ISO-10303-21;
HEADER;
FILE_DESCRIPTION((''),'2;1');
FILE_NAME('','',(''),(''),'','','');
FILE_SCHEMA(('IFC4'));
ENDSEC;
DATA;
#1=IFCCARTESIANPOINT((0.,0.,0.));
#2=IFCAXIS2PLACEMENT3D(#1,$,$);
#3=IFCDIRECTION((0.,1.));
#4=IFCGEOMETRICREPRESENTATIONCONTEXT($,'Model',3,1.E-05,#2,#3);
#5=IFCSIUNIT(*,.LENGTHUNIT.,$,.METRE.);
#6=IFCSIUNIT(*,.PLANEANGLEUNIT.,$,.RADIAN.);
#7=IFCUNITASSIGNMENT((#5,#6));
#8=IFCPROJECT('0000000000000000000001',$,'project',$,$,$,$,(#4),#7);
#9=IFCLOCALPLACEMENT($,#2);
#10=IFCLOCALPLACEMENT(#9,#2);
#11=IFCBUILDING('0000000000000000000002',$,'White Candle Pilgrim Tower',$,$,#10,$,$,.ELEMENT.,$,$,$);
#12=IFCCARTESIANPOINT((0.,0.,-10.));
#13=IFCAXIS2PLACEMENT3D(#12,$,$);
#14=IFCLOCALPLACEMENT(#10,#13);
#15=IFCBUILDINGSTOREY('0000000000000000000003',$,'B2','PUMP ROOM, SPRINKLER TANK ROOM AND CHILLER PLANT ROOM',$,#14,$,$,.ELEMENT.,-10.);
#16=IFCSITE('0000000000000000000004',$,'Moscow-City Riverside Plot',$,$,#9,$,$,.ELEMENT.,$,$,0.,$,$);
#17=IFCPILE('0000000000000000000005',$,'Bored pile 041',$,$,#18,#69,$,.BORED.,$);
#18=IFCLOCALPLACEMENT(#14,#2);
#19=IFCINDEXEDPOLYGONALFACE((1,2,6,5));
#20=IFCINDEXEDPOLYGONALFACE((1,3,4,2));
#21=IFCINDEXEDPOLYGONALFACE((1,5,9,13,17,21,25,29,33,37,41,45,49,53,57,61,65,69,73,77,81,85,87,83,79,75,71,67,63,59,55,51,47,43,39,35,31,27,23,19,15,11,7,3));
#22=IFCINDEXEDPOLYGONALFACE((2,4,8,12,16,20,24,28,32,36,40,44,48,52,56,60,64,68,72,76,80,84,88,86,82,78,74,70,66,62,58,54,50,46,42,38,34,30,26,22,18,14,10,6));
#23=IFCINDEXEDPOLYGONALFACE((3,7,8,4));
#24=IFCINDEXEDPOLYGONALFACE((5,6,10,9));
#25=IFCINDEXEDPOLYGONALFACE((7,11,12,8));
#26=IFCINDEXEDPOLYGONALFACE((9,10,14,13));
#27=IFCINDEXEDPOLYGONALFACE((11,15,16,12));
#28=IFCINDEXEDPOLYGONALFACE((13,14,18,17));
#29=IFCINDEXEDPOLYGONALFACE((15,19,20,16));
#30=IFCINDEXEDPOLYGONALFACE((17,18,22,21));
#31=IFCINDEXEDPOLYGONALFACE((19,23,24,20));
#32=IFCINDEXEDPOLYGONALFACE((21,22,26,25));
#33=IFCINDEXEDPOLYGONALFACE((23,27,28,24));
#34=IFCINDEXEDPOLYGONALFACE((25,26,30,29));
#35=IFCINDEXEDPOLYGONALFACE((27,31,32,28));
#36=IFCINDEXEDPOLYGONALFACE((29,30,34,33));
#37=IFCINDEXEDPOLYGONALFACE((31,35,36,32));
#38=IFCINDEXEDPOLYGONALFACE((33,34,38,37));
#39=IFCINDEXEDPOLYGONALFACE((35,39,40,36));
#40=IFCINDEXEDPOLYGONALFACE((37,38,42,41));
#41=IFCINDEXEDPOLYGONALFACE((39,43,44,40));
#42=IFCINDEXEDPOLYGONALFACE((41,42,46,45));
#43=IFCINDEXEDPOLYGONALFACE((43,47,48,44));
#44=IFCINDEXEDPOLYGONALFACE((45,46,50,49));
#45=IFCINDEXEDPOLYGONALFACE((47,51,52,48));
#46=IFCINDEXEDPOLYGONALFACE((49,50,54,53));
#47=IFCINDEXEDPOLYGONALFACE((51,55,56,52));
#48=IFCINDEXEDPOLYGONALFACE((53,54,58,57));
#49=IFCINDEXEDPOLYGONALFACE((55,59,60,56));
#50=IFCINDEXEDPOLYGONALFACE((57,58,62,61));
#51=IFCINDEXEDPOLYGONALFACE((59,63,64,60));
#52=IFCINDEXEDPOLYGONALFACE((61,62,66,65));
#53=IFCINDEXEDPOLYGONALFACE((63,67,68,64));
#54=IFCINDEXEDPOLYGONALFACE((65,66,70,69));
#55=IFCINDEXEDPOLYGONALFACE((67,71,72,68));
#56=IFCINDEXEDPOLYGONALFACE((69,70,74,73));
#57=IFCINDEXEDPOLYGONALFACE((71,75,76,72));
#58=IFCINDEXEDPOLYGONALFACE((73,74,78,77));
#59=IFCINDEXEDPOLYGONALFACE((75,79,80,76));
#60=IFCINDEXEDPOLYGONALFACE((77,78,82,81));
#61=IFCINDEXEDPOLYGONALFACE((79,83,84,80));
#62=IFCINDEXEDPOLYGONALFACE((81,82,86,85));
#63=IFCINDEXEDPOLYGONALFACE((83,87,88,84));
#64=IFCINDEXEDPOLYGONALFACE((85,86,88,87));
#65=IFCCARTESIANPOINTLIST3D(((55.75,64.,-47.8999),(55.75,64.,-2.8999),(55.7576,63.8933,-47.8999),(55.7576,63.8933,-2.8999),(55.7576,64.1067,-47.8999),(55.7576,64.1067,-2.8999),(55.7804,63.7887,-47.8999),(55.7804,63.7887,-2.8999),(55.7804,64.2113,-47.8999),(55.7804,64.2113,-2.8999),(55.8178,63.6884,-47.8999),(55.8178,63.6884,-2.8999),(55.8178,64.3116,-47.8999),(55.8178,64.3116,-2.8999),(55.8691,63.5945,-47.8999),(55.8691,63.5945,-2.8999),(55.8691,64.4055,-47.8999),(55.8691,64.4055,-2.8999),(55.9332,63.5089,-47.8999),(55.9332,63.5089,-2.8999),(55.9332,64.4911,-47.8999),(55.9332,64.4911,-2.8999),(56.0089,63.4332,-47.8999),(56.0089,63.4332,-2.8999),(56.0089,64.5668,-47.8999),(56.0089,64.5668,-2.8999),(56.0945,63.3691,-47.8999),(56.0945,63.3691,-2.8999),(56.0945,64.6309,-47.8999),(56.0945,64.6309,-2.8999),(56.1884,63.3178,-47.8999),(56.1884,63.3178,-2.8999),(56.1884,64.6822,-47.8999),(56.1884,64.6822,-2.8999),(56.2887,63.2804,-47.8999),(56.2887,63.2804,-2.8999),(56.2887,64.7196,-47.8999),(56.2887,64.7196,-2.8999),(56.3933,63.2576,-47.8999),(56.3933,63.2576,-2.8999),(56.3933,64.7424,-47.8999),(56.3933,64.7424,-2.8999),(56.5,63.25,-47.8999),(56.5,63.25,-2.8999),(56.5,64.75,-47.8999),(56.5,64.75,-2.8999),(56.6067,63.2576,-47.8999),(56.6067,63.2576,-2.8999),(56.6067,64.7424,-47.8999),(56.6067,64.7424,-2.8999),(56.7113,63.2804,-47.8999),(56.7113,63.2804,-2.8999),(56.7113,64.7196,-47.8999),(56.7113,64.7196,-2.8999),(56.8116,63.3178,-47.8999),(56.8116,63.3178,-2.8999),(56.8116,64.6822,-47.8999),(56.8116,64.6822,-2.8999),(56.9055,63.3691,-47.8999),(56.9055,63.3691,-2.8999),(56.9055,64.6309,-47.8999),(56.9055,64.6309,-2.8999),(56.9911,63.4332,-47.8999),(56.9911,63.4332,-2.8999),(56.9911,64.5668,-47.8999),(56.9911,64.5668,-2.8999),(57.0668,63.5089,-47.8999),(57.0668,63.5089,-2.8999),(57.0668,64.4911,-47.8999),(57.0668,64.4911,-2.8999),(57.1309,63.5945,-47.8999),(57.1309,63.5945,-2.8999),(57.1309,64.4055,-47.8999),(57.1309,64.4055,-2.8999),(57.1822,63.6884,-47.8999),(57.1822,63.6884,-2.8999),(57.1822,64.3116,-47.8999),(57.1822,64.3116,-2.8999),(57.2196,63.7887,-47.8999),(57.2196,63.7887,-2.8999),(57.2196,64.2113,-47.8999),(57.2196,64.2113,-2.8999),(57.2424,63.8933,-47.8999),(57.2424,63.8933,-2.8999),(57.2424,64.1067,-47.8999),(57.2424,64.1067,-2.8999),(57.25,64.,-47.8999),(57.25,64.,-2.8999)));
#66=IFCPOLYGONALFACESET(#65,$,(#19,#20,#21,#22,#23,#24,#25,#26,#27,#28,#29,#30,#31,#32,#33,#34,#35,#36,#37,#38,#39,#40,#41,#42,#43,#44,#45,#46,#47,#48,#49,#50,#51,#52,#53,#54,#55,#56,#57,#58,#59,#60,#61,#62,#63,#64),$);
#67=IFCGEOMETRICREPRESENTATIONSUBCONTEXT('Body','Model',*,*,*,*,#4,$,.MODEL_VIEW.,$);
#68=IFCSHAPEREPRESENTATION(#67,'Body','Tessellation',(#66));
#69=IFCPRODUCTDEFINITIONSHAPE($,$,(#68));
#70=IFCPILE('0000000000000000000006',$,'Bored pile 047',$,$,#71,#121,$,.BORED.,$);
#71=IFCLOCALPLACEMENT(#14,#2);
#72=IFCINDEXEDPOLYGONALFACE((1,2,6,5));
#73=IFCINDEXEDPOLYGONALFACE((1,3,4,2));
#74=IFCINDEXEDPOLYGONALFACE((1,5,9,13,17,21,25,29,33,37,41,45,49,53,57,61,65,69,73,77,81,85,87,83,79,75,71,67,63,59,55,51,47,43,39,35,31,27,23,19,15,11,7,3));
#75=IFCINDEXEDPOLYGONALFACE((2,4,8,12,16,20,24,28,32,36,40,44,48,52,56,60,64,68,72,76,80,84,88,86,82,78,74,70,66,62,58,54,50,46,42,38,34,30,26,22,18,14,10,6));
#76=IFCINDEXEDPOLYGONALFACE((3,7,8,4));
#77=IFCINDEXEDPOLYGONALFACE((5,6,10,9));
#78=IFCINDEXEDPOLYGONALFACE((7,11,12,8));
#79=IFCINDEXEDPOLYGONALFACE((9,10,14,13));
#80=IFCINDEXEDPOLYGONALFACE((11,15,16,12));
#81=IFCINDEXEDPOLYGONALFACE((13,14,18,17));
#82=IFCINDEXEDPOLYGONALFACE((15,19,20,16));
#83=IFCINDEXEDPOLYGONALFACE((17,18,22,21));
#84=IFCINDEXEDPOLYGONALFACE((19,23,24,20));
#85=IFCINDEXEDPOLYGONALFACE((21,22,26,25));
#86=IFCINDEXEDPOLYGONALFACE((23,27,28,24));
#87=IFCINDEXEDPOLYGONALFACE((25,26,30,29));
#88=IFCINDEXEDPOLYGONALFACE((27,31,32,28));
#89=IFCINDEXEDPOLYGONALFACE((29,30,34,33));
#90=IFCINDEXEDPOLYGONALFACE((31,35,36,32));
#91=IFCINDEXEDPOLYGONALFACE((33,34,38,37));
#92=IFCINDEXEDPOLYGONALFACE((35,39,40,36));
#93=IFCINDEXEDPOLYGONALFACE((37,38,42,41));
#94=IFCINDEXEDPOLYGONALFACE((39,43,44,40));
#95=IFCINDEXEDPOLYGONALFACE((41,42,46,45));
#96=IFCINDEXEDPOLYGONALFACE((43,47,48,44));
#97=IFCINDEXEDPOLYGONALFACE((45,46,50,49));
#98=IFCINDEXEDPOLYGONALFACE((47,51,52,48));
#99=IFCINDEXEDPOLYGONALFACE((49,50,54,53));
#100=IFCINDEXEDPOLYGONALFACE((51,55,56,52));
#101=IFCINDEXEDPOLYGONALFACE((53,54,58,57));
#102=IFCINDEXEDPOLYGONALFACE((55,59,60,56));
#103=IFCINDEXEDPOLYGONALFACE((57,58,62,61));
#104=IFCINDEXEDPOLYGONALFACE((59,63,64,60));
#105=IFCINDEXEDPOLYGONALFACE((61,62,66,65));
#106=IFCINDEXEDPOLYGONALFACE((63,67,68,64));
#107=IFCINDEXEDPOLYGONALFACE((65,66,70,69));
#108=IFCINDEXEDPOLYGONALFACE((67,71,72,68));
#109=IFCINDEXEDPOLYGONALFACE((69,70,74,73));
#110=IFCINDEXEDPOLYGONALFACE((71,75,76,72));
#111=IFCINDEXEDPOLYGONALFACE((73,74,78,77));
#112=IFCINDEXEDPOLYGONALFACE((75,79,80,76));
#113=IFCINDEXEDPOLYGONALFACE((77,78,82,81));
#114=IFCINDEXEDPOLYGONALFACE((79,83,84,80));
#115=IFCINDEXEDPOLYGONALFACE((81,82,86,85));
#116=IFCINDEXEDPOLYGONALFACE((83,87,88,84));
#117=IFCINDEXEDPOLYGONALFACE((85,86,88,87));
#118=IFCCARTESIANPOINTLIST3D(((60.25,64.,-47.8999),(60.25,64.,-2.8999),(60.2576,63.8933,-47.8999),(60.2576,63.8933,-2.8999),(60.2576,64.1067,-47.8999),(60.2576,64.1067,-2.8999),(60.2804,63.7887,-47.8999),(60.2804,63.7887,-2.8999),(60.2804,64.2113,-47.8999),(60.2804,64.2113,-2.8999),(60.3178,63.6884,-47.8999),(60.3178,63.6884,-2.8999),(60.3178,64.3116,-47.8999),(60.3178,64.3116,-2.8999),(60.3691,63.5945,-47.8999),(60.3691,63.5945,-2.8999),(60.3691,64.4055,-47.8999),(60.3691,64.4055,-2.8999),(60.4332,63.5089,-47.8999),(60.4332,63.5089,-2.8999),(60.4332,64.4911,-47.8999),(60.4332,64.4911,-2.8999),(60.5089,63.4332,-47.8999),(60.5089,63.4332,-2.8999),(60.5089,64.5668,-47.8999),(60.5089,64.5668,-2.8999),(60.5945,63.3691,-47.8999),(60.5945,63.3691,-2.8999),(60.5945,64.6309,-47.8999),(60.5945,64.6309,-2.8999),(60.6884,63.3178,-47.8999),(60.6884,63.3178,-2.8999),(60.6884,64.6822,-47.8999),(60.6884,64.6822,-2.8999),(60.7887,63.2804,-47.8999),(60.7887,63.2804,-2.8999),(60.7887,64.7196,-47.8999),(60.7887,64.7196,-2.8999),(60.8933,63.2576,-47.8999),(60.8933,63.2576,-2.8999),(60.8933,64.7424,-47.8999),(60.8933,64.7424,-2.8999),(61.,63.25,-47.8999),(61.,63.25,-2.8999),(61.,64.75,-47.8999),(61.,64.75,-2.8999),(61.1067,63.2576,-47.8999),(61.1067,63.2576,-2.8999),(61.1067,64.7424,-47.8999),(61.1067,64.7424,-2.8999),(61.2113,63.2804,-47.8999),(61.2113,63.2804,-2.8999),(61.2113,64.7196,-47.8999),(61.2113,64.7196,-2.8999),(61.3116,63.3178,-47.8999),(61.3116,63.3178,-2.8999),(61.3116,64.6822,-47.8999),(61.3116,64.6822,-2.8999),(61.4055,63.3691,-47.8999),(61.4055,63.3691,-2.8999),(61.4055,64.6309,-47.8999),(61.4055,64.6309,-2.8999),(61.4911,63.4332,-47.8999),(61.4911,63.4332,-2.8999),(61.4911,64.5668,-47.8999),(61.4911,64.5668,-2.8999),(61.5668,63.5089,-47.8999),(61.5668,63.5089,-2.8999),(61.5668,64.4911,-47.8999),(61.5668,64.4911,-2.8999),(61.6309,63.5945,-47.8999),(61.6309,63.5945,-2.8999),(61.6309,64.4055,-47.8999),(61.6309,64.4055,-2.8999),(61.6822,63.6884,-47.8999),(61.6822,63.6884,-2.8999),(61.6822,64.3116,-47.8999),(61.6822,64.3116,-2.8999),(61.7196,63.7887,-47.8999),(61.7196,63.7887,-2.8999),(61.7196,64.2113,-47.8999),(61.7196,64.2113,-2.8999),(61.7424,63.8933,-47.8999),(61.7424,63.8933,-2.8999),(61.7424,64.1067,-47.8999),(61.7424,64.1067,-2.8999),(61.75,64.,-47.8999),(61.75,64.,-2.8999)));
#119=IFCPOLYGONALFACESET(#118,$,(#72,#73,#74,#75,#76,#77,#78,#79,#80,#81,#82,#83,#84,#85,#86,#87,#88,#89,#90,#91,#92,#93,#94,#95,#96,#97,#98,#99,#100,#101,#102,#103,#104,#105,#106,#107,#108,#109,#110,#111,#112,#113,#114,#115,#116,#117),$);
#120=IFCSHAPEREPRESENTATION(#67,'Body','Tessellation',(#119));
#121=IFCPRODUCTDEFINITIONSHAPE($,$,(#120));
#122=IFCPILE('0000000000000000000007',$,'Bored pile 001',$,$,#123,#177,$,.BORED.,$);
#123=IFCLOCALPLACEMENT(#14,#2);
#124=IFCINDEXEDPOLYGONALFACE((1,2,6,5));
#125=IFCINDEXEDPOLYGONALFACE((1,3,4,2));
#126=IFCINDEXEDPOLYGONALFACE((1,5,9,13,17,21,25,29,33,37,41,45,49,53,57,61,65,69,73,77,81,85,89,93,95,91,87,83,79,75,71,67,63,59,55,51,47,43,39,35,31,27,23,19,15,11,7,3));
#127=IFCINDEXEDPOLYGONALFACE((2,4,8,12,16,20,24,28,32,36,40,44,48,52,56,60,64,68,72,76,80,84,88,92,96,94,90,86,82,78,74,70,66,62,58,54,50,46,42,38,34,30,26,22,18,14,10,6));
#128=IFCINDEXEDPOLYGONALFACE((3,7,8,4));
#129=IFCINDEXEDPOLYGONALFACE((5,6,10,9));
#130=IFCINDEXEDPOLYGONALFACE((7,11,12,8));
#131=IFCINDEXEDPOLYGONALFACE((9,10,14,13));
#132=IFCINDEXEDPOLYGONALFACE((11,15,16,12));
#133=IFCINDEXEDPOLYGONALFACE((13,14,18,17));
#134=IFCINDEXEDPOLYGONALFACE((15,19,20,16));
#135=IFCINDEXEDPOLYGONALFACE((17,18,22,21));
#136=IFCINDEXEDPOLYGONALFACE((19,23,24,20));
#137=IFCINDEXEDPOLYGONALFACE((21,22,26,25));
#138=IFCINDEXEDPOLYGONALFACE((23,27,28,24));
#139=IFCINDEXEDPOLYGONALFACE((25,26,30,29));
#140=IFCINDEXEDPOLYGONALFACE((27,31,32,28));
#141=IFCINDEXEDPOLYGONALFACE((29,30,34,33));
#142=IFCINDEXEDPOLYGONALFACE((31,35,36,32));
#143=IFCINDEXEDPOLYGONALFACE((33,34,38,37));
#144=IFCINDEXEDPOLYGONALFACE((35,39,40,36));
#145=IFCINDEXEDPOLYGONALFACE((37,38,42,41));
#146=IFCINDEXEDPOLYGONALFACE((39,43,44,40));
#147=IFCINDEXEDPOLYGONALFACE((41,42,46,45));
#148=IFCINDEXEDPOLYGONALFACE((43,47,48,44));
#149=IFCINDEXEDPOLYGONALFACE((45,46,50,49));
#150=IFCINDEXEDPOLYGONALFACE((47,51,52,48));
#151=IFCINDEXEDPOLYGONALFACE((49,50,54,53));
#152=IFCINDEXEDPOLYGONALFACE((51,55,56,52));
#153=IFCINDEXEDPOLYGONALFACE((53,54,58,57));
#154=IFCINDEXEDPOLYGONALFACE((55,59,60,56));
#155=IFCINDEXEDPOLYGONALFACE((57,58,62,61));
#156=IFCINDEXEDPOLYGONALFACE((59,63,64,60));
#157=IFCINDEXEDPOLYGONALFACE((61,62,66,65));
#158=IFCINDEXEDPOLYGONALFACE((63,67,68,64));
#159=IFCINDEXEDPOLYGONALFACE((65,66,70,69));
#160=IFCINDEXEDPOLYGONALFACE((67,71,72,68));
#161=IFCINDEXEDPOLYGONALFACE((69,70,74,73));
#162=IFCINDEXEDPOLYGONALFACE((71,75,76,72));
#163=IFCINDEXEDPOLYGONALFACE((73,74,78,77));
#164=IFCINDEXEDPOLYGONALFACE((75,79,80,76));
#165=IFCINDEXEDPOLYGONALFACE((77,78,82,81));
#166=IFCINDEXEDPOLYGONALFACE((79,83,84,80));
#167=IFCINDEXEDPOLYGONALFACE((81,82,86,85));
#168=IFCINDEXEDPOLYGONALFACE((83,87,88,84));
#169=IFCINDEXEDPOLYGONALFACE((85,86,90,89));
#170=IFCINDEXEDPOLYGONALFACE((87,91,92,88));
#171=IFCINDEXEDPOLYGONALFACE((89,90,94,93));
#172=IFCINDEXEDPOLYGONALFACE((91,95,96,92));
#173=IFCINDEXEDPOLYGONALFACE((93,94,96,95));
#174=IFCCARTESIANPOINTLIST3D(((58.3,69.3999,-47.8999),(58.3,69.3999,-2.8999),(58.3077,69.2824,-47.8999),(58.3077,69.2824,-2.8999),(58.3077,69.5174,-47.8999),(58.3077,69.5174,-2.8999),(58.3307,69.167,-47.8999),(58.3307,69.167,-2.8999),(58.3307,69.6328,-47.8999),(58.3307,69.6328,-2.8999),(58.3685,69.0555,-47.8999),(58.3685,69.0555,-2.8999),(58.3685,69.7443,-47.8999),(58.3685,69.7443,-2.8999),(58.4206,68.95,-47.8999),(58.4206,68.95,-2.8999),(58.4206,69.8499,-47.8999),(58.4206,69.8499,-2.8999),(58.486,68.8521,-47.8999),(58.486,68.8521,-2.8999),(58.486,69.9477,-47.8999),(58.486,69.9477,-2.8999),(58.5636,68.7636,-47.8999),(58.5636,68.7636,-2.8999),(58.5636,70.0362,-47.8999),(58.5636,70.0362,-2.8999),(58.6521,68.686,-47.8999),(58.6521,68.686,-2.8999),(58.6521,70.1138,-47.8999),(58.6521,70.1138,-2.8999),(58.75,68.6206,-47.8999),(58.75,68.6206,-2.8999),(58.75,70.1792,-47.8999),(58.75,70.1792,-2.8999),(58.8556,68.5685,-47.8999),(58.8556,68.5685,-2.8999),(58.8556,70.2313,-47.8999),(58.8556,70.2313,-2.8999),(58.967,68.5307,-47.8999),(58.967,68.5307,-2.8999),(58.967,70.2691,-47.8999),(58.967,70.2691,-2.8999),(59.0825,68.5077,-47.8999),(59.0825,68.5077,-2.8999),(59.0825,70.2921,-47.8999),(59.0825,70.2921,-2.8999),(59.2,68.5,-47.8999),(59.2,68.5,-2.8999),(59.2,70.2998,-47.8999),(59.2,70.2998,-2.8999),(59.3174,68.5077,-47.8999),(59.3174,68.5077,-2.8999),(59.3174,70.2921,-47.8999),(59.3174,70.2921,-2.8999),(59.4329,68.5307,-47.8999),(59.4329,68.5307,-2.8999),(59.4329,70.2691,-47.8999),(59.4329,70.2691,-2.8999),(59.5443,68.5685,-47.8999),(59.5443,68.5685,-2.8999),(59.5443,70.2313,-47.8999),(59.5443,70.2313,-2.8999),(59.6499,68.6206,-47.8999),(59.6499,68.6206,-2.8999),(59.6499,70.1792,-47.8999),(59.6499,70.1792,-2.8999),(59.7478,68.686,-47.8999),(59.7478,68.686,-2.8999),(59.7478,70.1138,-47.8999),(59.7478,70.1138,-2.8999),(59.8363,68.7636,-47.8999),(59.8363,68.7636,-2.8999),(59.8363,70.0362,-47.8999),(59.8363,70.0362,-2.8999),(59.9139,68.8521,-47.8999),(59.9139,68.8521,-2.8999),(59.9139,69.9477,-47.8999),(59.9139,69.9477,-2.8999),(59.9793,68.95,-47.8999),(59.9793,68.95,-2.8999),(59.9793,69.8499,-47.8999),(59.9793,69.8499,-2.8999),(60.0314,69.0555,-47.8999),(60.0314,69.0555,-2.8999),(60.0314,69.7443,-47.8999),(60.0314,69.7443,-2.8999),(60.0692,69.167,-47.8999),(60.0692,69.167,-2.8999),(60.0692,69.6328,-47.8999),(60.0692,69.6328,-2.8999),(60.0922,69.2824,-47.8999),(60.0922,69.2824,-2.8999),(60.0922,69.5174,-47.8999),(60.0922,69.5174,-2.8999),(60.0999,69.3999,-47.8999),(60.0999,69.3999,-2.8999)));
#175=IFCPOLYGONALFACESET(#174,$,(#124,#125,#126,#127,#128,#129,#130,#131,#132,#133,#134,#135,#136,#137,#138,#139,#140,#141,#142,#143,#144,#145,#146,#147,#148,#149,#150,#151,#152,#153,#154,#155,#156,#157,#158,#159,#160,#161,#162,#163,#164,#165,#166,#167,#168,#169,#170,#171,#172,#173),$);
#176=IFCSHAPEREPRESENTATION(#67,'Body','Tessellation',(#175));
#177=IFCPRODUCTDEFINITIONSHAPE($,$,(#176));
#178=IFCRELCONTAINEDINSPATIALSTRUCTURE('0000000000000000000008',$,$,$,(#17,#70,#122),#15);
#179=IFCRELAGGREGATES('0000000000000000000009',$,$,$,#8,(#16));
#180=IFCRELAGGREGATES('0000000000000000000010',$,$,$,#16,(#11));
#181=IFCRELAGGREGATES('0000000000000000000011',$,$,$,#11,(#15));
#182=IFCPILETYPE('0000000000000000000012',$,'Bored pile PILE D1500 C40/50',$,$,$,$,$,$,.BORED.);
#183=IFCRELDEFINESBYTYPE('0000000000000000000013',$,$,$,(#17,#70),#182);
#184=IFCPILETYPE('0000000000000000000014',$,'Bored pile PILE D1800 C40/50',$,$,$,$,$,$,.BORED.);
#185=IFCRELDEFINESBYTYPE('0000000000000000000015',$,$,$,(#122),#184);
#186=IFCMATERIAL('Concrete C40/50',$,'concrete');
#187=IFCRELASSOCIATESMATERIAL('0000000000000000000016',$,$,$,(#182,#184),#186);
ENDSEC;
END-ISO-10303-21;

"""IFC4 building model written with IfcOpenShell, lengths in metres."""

from ifc_helpers import new_model, si_unit, direction, frame, origin, origin_2d, place, context, subcontext, project, spatial, circle, extrude, material, material_profile, profile_set, type_object, element, save


model = new_model("IFC4")

# Units and contexts
model_context = context("Model", 3, precision=1e-05, world=origin(), true_north=direction((0.0, 1.0)))
body_context = subcontext(model_context, "Body", "Model", "MODEL_VIEW")
ifc_project = project(units=[si_unit("LENGTHUNIT", "METRE"), si_unit("PLANEANGLEUNIT", "RADIAN")], contexts=[model_context])

# Site, building, storey
site_placement = place(None, origin())
site = spatial("IfcSite", under=ifc_project, at=site_placement, Name="Moscow-City Riverside Plot", CompositionType="ELEMENT", RefElevation=0.0)
building_placement = place(site_placement, origin())
building = spatial("IfcBuilding", under=site, at=building_placement, Name="White Candle Pilgrim Tower", CompositionType="ELEMENT")
storey_placement = place(building_placement, frame((0.0, 0.0, -10.0)))
storey = spatial("IfcBuildingStorey", under=building, at=storey_placement, Name="B2", Description="PUMP ROOM, SPRINKLER TANK ROOM AND CHILLER PLANT ROOM", CompositionType="ELEMENT", Elevation=-10.0)

# Piles
ifc_material_1 = material(Name="Concrete C40/50", Category="concrete")
ifc_material_profile_1 = material_profile(ifc_material_1, circle(Radius=0.75, at=origin_2d()), Name="PILE D1500")
ifc_profile_set_1 = profile_set([ifc_material_profile_1], Name="Concrete C40/50")
pile_type_1 = type_object("IfcPileType", Name="Bored pile PILE D1500 C40/50", PredefinedType="BORED", material=ifc_profile_set_1)
for number, where, z_axis, x_axis, name in (
    (1, (56.5, 64.0, -2.8999), (0.0, 0.0, -1.0), (1.0, 0.0, 0.0), "Bored pile 041"),
    (2, (61.0, 64.0, -2.8999), (0.0, 0.0, -1.0), (1.0, 0.0, 0.0), "Bored pile 047"),
):
    element("IfcPile", number, at=place(storey_placement, frame(where, z_axis=z_axis, x_axis=x_axis)), inside=storey, type_object=pile_type_1, Name=name, PredefinedType="BORED", context=body_context, shape_type="SweptSolid", body=[
        extrude(circle(Radius=0.75, at=origin_2d()), origin(), (0.0, 0.0, 1.0), 45.0),
    ])
ifc_material_profile_2 = material_profile(ifc_material_1, circle(Radius=0.8999, at=origin_2d()), Name="PILE D1800")
ifc_profile_set_2 = profile_set([ifc_material_profile_2], Name="Concrete C40/50")
pile_type_2 = type_object("IfcPileType", Name="Bored pile PILE D1800 C40/50", PredefinedType="BORED", material=ifc_profile_set_2)
for number, where, z_axis, x_axis, name in (
    (3, (59.2, 69.3999, -2.8999), (0.0, 0.0, -1.0), (1.0, 0.0, 0.0), "Bored pile 001"),
):
    element("IfcPile", number, at=place(storey_placement, frame(where, z_axis=z_axis, x_axis=x_axis)), inside=storey, type_object=pile_type_2, Name=name, PredefinedType="BORED", context=body_context, shape_type="SweptSolid", body=[
        extrude(circle(Radius=0.8999, at=origin_2d()), origin(), (0.0, 0.0, 1.0), 45.0),
    ])

save(model, "model.ifc")
